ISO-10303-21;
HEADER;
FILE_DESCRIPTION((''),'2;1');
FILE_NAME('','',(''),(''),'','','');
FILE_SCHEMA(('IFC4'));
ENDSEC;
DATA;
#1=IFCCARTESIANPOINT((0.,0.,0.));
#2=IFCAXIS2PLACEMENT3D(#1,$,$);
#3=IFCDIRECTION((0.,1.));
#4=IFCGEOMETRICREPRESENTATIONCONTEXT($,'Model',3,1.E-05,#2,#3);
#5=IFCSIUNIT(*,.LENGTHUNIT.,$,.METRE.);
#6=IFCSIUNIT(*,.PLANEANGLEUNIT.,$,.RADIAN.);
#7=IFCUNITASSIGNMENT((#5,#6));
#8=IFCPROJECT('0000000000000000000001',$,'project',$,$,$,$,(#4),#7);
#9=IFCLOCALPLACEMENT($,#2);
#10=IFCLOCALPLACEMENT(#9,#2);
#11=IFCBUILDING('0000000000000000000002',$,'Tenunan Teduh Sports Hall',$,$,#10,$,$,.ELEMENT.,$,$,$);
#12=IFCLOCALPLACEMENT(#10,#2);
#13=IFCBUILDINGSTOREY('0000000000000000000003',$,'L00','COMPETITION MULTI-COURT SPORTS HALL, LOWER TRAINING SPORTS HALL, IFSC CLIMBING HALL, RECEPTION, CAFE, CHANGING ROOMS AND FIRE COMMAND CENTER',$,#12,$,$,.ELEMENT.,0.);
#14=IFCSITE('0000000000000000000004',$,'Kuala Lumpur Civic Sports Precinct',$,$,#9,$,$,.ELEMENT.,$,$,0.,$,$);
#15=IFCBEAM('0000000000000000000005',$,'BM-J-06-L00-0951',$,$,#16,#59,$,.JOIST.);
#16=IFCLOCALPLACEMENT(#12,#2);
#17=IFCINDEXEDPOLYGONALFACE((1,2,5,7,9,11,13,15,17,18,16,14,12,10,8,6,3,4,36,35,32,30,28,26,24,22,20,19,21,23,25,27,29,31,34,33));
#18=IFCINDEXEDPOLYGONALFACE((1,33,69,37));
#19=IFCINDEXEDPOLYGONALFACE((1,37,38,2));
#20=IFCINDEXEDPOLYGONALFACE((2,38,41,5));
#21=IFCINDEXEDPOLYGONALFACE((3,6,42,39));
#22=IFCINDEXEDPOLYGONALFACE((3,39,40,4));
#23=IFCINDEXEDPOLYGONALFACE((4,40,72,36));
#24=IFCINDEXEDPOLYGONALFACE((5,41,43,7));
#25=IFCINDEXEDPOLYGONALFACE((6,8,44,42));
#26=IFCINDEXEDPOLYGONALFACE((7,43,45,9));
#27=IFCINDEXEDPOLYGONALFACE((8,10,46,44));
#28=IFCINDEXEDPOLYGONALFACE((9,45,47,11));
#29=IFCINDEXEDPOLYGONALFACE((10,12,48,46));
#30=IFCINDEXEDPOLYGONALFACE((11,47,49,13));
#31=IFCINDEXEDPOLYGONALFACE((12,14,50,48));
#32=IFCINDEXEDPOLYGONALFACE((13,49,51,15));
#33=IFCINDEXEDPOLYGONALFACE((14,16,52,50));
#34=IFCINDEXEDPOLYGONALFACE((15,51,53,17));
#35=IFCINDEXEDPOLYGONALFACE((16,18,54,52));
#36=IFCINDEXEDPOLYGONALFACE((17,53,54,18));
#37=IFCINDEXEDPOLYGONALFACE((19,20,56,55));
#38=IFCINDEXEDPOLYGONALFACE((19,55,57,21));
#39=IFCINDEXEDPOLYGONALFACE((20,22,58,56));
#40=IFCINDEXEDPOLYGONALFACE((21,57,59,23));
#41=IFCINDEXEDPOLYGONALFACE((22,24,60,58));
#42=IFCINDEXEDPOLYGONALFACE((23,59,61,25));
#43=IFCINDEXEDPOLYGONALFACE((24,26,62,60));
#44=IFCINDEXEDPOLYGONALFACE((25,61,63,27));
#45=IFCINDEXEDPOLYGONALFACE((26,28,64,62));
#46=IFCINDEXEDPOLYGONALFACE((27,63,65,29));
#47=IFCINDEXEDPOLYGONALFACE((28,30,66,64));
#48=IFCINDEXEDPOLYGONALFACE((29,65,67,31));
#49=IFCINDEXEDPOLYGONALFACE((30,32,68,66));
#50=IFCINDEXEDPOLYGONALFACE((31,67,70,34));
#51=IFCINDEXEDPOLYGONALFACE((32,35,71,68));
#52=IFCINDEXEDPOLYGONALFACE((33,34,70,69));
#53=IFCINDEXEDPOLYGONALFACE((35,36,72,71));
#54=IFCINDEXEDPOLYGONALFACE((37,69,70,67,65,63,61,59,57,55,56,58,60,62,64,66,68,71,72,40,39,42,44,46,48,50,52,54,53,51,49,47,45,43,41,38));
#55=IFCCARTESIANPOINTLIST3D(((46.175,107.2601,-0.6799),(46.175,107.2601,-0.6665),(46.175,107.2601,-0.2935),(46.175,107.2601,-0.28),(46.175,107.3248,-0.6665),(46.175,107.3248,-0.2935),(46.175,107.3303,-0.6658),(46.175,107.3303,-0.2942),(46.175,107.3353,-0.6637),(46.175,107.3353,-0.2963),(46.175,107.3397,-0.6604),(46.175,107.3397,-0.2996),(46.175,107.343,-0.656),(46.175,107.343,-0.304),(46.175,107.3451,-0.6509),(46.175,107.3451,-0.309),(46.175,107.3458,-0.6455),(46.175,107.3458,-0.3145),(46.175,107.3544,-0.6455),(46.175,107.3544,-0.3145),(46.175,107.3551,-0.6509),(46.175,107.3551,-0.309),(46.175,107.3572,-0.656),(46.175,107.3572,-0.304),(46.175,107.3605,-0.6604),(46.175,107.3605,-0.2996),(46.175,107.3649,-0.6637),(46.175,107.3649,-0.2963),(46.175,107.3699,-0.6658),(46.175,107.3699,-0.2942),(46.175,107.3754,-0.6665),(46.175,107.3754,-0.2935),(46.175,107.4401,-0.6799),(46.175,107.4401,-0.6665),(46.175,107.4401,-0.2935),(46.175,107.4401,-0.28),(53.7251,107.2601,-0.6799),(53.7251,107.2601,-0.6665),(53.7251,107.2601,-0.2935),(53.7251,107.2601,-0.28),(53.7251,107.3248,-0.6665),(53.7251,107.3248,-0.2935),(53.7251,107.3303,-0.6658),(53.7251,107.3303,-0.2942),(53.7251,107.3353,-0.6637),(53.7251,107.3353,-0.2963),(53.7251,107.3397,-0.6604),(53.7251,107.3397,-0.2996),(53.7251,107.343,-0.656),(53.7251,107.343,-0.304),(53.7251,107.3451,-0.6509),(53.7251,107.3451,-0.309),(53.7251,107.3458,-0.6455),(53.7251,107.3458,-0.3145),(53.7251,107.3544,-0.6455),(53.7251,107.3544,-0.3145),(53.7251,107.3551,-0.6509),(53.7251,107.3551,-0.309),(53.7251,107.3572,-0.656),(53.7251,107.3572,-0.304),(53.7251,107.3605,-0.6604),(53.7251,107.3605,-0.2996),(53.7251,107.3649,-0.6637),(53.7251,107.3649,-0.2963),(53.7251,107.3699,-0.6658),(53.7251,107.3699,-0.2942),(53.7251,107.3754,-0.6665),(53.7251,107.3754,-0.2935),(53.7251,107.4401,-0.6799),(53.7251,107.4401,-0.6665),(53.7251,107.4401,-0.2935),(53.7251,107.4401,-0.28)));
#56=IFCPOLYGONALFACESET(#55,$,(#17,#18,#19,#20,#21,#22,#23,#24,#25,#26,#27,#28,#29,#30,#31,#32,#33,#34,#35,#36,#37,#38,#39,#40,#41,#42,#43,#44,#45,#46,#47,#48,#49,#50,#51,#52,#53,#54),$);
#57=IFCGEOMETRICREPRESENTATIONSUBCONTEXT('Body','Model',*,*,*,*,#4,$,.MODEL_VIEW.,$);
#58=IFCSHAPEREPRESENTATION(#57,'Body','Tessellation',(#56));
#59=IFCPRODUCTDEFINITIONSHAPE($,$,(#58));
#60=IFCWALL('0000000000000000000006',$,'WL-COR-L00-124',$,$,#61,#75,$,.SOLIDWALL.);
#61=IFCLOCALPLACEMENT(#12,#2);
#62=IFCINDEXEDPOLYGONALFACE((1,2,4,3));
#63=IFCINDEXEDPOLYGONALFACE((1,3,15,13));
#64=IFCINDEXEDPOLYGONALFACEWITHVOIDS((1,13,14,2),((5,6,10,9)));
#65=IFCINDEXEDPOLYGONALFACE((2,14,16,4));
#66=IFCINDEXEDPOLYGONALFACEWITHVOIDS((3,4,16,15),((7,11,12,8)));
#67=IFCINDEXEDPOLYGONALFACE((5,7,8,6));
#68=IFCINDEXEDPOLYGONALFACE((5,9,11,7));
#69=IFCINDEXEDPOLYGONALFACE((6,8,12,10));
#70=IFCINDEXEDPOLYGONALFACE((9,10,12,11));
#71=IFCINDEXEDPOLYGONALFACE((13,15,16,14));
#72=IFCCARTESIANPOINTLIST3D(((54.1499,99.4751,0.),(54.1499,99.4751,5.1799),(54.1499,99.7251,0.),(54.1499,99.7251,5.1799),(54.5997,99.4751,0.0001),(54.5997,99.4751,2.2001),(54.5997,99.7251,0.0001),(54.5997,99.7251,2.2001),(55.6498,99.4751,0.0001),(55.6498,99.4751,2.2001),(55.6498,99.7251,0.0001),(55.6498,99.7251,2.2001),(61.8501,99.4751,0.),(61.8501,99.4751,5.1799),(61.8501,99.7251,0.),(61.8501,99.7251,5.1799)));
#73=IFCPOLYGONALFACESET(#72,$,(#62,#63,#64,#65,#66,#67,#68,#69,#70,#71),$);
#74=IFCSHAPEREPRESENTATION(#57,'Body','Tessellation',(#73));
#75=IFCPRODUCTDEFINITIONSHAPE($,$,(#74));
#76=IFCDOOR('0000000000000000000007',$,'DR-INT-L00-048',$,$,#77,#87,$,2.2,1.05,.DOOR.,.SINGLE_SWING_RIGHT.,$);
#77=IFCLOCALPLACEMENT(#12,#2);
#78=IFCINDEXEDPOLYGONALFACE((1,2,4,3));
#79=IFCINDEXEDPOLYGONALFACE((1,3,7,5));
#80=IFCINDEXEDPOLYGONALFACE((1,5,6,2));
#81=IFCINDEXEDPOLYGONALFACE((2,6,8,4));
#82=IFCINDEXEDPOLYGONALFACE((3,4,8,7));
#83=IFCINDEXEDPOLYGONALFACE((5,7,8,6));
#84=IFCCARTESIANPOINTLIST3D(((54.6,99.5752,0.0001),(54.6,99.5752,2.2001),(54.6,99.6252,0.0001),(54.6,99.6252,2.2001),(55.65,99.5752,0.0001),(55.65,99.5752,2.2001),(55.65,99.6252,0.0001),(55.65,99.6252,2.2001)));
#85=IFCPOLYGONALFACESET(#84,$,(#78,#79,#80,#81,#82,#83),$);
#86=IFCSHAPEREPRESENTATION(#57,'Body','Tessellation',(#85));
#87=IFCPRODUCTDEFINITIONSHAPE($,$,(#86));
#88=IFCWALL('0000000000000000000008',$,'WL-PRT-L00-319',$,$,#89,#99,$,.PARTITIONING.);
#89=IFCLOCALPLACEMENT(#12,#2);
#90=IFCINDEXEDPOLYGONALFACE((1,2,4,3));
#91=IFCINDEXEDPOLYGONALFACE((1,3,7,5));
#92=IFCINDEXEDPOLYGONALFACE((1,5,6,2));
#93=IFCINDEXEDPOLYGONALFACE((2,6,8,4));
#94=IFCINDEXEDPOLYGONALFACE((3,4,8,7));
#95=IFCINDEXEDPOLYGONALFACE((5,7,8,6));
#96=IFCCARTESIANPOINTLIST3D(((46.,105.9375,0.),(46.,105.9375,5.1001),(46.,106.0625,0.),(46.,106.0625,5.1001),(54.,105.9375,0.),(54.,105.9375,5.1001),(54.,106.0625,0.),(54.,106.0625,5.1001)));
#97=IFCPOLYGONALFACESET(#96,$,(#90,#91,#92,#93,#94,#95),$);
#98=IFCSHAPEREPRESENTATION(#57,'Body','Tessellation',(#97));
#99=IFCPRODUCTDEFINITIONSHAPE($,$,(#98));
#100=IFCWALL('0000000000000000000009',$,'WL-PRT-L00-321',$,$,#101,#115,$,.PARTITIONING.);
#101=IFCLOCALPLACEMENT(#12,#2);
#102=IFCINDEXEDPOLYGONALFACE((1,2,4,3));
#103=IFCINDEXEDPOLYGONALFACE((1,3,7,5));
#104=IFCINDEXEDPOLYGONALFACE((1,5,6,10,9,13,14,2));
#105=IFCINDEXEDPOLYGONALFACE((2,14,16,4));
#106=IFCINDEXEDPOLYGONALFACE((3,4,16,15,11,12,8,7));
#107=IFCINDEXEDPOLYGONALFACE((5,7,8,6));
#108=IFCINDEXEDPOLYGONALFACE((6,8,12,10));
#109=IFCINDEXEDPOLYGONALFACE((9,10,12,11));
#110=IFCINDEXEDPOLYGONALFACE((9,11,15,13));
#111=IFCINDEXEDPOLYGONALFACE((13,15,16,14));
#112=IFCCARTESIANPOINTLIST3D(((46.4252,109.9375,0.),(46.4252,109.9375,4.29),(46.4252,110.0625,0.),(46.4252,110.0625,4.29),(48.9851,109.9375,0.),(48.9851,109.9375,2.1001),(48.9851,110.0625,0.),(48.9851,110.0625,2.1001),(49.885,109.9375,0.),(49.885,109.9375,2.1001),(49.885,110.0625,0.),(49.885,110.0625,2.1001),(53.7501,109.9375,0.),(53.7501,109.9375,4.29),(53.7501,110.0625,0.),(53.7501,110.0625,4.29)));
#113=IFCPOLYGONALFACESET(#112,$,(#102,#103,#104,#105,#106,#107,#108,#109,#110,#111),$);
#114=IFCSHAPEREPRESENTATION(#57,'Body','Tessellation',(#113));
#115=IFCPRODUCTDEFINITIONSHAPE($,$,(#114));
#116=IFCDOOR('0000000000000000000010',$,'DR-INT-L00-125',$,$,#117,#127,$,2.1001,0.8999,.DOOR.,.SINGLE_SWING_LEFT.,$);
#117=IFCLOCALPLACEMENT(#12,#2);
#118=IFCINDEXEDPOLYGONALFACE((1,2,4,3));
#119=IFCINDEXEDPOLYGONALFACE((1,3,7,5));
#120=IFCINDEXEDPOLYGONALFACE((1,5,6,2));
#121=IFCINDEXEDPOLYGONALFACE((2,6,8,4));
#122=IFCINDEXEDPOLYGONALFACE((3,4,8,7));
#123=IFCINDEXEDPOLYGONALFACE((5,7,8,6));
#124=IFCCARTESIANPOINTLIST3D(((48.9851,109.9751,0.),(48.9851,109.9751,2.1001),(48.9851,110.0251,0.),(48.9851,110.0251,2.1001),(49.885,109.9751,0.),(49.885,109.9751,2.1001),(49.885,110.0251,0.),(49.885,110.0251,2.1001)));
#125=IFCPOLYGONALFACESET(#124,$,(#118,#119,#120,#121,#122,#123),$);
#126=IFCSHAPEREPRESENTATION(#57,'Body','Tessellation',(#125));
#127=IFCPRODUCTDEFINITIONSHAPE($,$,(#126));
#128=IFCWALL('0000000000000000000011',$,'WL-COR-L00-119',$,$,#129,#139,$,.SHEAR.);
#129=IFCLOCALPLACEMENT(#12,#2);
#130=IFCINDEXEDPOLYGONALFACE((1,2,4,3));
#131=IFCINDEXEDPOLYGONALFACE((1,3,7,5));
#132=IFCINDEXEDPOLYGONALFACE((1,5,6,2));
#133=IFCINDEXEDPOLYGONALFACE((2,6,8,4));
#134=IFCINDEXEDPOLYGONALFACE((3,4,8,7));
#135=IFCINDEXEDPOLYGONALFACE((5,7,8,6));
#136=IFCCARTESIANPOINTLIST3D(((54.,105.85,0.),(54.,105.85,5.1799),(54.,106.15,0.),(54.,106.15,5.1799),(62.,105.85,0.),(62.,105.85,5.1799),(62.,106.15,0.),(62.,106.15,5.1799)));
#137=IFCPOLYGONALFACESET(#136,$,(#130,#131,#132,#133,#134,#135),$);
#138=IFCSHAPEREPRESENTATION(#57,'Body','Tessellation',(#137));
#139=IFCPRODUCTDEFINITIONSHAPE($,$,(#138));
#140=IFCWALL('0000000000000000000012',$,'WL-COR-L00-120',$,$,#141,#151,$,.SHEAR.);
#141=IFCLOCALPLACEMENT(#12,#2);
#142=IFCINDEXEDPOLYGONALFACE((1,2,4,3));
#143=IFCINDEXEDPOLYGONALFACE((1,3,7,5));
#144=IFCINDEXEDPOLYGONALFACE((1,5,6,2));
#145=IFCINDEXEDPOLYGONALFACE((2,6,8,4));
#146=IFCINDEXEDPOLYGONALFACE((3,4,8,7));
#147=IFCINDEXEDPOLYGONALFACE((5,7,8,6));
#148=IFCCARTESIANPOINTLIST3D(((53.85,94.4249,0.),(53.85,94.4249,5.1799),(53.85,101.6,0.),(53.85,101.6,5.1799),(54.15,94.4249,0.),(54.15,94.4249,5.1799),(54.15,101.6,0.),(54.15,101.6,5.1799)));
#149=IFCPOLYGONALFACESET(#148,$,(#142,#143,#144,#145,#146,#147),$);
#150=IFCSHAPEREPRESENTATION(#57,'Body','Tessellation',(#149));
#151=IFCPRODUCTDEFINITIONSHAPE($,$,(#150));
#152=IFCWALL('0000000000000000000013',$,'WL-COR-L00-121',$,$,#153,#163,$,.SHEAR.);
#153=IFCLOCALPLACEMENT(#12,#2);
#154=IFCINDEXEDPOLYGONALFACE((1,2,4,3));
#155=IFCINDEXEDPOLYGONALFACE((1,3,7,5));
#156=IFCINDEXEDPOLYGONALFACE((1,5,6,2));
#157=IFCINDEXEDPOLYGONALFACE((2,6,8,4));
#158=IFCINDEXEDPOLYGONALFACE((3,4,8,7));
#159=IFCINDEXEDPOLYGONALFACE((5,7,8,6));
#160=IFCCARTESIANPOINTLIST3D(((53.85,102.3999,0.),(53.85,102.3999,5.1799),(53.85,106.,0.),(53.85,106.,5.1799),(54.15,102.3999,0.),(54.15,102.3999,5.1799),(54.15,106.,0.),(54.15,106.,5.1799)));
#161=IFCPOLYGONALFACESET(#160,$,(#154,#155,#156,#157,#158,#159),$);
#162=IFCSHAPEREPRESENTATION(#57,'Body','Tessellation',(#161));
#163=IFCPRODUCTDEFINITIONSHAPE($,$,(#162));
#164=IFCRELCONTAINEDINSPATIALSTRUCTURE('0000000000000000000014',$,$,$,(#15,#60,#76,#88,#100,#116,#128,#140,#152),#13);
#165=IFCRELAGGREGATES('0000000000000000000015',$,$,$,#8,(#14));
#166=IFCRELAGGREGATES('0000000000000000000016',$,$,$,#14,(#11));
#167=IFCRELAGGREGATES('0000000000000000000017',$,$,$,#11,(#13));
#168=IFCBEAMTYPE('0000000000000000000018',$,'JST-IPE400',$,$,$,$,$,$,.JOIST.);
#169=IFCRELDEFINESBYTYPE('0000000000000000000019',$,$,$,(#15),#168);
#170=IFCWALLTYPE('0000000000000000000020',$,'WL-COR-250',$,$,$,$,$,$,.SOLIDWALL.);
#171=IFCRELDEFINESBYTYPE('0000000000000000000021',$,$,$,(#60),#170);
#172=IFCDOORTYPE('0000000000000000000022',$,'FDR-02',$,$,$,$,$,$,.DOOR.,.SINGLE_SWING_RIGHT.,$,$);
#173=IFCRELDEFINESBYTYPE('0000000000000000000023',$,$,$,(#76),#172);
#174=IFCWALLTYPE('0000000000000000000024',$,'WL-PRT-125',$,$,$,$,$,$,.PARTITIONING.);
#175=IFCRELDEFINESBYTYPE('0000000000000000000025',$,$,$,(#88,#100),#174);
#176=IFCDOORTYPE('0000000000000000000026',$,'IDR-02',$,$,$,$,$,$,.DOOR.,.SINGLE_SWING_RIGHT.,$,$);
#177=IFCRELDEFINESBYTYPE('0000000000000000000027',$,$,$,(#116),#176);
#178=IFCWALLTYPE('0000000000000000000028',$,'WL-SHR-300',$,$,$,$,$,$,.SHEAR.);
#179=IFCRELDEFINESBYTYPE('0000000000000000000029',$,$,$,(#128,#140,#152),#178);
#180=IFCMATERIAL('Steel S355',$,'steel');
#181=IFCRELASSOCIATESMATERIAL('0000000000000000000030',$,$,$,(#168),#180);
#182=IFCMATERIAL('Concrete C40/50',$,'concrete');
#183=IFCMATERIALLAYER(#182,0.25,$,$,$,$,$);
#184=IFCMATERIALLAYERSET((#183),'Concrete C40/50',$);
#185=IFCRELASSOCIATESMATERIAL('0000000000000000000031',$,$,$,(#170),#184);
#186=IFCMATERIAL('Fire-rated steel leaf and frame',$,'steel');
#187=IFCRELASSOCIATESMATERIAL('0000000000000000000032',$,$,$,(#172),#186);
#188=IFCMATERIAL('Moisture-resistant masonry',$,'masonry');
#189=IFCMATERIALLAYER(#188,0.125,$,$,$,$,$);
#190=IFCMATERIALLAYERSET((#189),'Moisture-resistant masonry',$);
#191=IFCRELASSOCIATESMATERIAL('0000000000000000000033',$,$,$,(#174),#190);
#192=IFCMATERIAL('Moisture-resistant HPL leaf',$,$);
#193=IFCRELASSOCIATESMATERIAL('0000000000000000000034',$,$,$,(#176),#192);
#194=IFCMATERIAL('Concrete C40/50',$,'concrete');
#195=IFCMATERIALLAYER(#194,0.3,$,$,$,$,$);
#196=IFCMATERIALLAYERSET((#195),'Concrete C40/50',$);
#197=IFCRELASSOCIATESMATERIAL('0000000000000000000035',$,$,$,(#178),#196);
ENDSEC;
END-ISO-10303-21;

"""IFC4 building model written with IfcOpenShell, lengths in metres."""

from ifc_helpers import new_model, si_unit, direction, frame, frame_2d, origin, origin_2d, place, context, subcontext, project, spatial, rectangle, i_section, extrude, material, layer, layer_set, material_profile, profile_set, type_object, element, fill, save


model = new_model("IFC4")

# Units and contexts
model_context = context("Model", 3, precision=1e-05, world=origin(), true_north=direction((0.0, 1.0)))
body_context = subcontext(model_context, "Body", "Model", "MODEL_VIEW")
ifc_project = project(units=[si_unit("LENGTHUNIT", "METRE"), si_unit("PLANEANGLEUNIT", "RADIAN")], contexts=[model_context])

# Site, building, storey
site_placement = place(None, origin())
site = spatial("IfcSite", under=ifc_project, at=site_placement, Name="Kuala Lumpur Civic Sports Precinct", CompositionType="ELEMENT", RefElevation=0.0)
building_placement = place(site_placement, origin())
building = spatial("IfcBuilding", under=site, at=building_placement, Name="Tenunan Teduh Sports Hall", CompositionType="ELEMENT")
storey_placement = place(building_placement, origin())
storey = spatial("IfcBuildingStorey", under=building, at=storey_placement, Name="L00", Description="COMPETITION MULTI-COURT SPORTS HALL, LOWER TRAINING SPORTS HALL, IFSC CLIMBING HALL, RECEPTION, CAFE, CHANGING ROOMS AND FIRE COMMAND CENTER", CompositionType="ELEMENT", Elevation=0.0)

# Beam
ifc_material_1 = material(Name="Steel S355", Category="steel")
ifc_material_profile_1 = material_profile(ifc_material_1, i_section(OverallWidth=0.1799, OverallDepth=0.3999, WebThickness=0.0085, FlangeThickness=0.0134, FilletRadius=0.021, at=origin_2d()), Name="IPE 400")
ifc_profile_set_1 = profile_set([ifc_material_profile_1], Name="Steel S355")
beam_type_1 = type_object("IfcBeamType", Name="JST-IPE400", PredefinedType="JOIST", material=ifc_profile_set_1)
beam_1_placement = place(storey_placement, frame((46.175, 107.3501, -0.48), z_axis=(1.0, 0.0, 0.0), x_axis=(0.0, 1.0, 0.0)))
element("IfcBeam", 1, at=beam_1_placement, inside=storey, type_object=beam_type_1, Name="BM-J-06-L00-0951", PredefinedType="JOIST", context=body_context, shape_type="SweptSolid", body=[
    extrude(i_section(OverallWidth=0.1799, OverallDepth=0.3999, WebThickness=0.0085, FlangeThickness=0.0134, FilletRadius=0.021, at=origin_2d()), origin(), (0.0, 0.0, 1.0), 7.55),
])

# Wall, opening, door
ifc_material_2 = material(Name="Concrete C40/50", Category="concrete")
ifc_layer_1 = layer(ifc_material_2, 0.25)
ifc_layer_set_1 = layer_set([ifc_layer_1], Name="Concrete C40/50")
wall_type_1 = type_object("IfcWallType", Name="WL-COR-250", PredefinedType="SOLIDWALL", material=ifc_layer_set_1)
wall_1_placement = place(storey_placement, frame((54.1499, 99.6001, 0.0), z_axis=(0.0, 0.0, 1.0), x_axis=(1.0, 0.0, 0.0)))
wall_1 = element("IfcWall", 2, at=wall_1_placement, inside=storey, type_object=wall_type_1, Name="WL-COR-L00-124", PredefinedType="SOLIDWALL", context=body_context, shape_type="SweptSolid", body=[
    extrude(rectangle(XDim=7.7002, YDim=0.25, at=frame_2d((3.8501, 0.0))), origin(), (0.0, 0.0, 1.0), 5.1799),
])
opening_1_placement = place(wall_1_placement, frame((0.45, 0.0, 0.0)))
opening_1 = element("IfcOpeningElement", 3, at=opening_1_placement, cuts=wall_1, PredefinedType="OPENING", context=body_context, shape_type="SweptSolid", body=[
    extrude(rectangle(XDim=1.05, YDim=2.2, at=frame_2d((0.5249, 1.1001))), frame((0.0, 0.135, 0.0), z_axis=(0.0, -1.0, 0.0), x_axis=(1.0, 0.0, 0.0)), (0.0, 0.0, 1.0), 0.27),
])
ifc_material_3 = material(Name="Fire-rated steel leaf and frame", Category="steel")
door_type_1 = type_object("IfcDoorType", Name="FDR-02", OperationType="SINGLE_SWING_RIGHT", PredefinedType="DOOR", material=ifc_material_3)
door_1_placement = place(opening_1_placement, frame((1.05, 0.0, 0.0), z_axis=(0.0, 0.0, 1.0), x_axis=(-1.0, 0.0, 0.0)))
door_1 = element("IfcDoor", 4, at=door_1_placement, inside=storey, type_object=door_type_1, Name="DR-INT-L00-048", OperationType="SINGLE_SWING_RIGHT", OverallHeight=2.2, OverallWidth=1.05, PredefinedType="DOOR", context=body_context, shape_type="SweptSolid", body=[
    extrude(rectangle(XDim=1.05, YDim=2.2, at=frame_2d((0.5249, 1.1001))), frame((0.0, 0.0249, 0.0), z_axis=(0.0, -1.0, 0.0), x_axis=(1.0, 0.0, 0.0)), (0.0, 0.0, 1.0), 0.05),
])
fill(opening_1, door_1)

# Wall
ifc_material_4 = material(Name="Moisture-resistant masonry", Category="masonry")
ifc_layer_2 = layer(ifc_material_4, 0.125)
ifc_layer_set_2 = layer_set([ifc_layer_2], Name="Moisture-resistant masonry")
wall_type_2 = type_object("IfcWallType", Name="WL-PRT-125", PredefinedType="PARTITIONING", material=ifc_layer_set_2)
wall_2_placement = place(storey_placement, frame((46.0, 106.0, 0.0), z_axis=(0.0, 0.0, 1.0), x_axis=(1.0, 0.0, 0.0)))
element("IfcWall", 5, at=wall_2_placement, inside=storey, type_object=wall_type_2, Name="WL-PRT-L00-319", PredefinedType="PARTITIONING", context=body_context, shape_type="SweptSolid", body=[
    extrude(rectangle(XDim=8.0, YDim=0.125, at=frame_2d((4.0, 0.0))), origin(), (0.0, 0.0, 1.0), 5.1001),
])

# Wall, opening, door
wall_3_placement = place(storey_placement, frame((46.425, 110.0, 0.0), z_axis=(0.0, 0.0, 1.0), x_axis=(1.0, 0.0, 0.0)))
wall_3 = element("IfcWall", 6, at=wall_3_placement, inside=storey, type_object=wall_type_2, Name="WL-PRT-L00-321", PredefinedType="PARTITIONING", context=body_context, shape_type="SweptSolid", body=[
    extrude(rectangle(XDim=7.325, YDim=0.125, at=frame_2d((3.6626, 0.0))), origin(), (0.0, 0.0, 1.0), 4.29),
])
opening_2_placement = place(wall_3_placement, frame((2.5601, 0.0, 0.0)))
opening_2 = element("IfcOpeningElement", 7, at=opening_2_placement, cuts=wall_3, PredefinedType="OPENING", context=body_context, shape_type="SweptSolid", body=[
    extrude(rectangle(XDim=0.8999, YDim=2.1001, at=frame_2d((0.45, 1.05))), frame((0.0, 0.0725, 0.0), z_axis=(0.0, -1.0, 0.0), x_axis=(1.0, 0.0, 0.0)), (0.0, 0.0, 1.0), 0.145),
])
ifc_material_5 = material(Name="Moisture-resistant HPL leaf")
door_type_2 = type_object("IfcDoorType", Name="IDR-02", OperationType="SINGLE_SWING_RIGHT", PredefinedType="DOOR", material=ifc_material_5)
door_2_placement = place(opening_2_placement, frame((0.8999, 0.0, 0.0), z_axis=(0.0, 0.0, 1.0), x_axis=(-1.0, 0.0, 0.0)))
door_2 = element("IfcDoor", 8, at=door_2_placement, inside=storey, type_object=door_type_2, Name="DR-INT-L00-125", OperationType="SINGLE_SWING_LEFT", OverallHeight=2.1001, OverallWidth=0.8999, PredefinedType="DOOR", context=body_context, shape_type="SweptSolid", body=[
    extrude(rectangle(XDim=0.8999, YDim=2.1001, at=frame_2d((0.45, 1.05))), frame((0.0, 0.0249, 0.0), z_axis=(0.0, -1.0, 0.0), x_axis=(1.0, 0.0, 0.0)), (0.0, 0.0, 1.0), 0.05),
])
fill(opening_2, door_2)

# Walls
ifc_material_6 = material(Name="Concrete C40/50", Category="concrete")
ifc_layer_3 = layer(ifc_material_6, 0.3)
ifc_layer_set_3 = layer_set([ifc_layer_3], Name="Concrete C40/50")
wall_type_3 = type_object("IfcWallType", Name="WL-SHR-300", PredefinedType="SHEAR", material=ifc_layer_set_3)
wall_4_placement = place(storey_placement, frame((54.0, 106.0, 0.0), z_axis=(0.0, 0.0, 1.0), x_axis=(1.0, 0.0, 0.0)))
element("IfcWall", 9, at=wall_4_placement, inside=storey, type_object=wall_type_3, Name="WL-COR-L00-119", PredefinedType="SHEAR", context=body_context, shape_type="SweptSolid", body=[
    extrude(rectangle(XDim=8.0, YDim=0.3, at=frame_2d((4.0, 0.0))), origin(), (0.0, 0.0, 1.0), 5.1799),
])
wall_5_placement = place(storey_placement, frame((54.0, 94.425, 0.0), z_axis=(0.0, 0.0, 1.0), x_axis=(0.0, 1.0, 0.0)))
element("IfcWall", 10, at=wall_5_placement, inside=storey, type_object=wall_type_3, Name="WL-COR-L00-120", PredefinedType="SHEAR", context=body_context, shape_type="SweptSolid", body=[
    extrude(rectangle(XDim=7.175, YDim=0.3, at=frame_2d((3.5874, 0.0))), origin(), (0.0, 0.0, 1.0), 5.1799),
])
wall_6_placement = place(storey_placement, frame((54.0, 102.3999, 0.0), z_axis=(0.0, 0.0, 1.0), x_axis=(0.0, 1.0, 0.0)))
element("IfcWall", 11, at=wall_6_placement, inside=storey, type_object=wall_type_3, Name="WL-COR-L00-121", PredefinedType="SHEAR", context=body_context, shape_type="SweptSolid", body=[
    extrude(rectangle(XDim=3.6001, YDim=0.3, at=frame_2d((1.8, 0.0))), origin(), (0.0, 0.0, 1.0), 5.1799),
])

save(model, "model.ifc")
